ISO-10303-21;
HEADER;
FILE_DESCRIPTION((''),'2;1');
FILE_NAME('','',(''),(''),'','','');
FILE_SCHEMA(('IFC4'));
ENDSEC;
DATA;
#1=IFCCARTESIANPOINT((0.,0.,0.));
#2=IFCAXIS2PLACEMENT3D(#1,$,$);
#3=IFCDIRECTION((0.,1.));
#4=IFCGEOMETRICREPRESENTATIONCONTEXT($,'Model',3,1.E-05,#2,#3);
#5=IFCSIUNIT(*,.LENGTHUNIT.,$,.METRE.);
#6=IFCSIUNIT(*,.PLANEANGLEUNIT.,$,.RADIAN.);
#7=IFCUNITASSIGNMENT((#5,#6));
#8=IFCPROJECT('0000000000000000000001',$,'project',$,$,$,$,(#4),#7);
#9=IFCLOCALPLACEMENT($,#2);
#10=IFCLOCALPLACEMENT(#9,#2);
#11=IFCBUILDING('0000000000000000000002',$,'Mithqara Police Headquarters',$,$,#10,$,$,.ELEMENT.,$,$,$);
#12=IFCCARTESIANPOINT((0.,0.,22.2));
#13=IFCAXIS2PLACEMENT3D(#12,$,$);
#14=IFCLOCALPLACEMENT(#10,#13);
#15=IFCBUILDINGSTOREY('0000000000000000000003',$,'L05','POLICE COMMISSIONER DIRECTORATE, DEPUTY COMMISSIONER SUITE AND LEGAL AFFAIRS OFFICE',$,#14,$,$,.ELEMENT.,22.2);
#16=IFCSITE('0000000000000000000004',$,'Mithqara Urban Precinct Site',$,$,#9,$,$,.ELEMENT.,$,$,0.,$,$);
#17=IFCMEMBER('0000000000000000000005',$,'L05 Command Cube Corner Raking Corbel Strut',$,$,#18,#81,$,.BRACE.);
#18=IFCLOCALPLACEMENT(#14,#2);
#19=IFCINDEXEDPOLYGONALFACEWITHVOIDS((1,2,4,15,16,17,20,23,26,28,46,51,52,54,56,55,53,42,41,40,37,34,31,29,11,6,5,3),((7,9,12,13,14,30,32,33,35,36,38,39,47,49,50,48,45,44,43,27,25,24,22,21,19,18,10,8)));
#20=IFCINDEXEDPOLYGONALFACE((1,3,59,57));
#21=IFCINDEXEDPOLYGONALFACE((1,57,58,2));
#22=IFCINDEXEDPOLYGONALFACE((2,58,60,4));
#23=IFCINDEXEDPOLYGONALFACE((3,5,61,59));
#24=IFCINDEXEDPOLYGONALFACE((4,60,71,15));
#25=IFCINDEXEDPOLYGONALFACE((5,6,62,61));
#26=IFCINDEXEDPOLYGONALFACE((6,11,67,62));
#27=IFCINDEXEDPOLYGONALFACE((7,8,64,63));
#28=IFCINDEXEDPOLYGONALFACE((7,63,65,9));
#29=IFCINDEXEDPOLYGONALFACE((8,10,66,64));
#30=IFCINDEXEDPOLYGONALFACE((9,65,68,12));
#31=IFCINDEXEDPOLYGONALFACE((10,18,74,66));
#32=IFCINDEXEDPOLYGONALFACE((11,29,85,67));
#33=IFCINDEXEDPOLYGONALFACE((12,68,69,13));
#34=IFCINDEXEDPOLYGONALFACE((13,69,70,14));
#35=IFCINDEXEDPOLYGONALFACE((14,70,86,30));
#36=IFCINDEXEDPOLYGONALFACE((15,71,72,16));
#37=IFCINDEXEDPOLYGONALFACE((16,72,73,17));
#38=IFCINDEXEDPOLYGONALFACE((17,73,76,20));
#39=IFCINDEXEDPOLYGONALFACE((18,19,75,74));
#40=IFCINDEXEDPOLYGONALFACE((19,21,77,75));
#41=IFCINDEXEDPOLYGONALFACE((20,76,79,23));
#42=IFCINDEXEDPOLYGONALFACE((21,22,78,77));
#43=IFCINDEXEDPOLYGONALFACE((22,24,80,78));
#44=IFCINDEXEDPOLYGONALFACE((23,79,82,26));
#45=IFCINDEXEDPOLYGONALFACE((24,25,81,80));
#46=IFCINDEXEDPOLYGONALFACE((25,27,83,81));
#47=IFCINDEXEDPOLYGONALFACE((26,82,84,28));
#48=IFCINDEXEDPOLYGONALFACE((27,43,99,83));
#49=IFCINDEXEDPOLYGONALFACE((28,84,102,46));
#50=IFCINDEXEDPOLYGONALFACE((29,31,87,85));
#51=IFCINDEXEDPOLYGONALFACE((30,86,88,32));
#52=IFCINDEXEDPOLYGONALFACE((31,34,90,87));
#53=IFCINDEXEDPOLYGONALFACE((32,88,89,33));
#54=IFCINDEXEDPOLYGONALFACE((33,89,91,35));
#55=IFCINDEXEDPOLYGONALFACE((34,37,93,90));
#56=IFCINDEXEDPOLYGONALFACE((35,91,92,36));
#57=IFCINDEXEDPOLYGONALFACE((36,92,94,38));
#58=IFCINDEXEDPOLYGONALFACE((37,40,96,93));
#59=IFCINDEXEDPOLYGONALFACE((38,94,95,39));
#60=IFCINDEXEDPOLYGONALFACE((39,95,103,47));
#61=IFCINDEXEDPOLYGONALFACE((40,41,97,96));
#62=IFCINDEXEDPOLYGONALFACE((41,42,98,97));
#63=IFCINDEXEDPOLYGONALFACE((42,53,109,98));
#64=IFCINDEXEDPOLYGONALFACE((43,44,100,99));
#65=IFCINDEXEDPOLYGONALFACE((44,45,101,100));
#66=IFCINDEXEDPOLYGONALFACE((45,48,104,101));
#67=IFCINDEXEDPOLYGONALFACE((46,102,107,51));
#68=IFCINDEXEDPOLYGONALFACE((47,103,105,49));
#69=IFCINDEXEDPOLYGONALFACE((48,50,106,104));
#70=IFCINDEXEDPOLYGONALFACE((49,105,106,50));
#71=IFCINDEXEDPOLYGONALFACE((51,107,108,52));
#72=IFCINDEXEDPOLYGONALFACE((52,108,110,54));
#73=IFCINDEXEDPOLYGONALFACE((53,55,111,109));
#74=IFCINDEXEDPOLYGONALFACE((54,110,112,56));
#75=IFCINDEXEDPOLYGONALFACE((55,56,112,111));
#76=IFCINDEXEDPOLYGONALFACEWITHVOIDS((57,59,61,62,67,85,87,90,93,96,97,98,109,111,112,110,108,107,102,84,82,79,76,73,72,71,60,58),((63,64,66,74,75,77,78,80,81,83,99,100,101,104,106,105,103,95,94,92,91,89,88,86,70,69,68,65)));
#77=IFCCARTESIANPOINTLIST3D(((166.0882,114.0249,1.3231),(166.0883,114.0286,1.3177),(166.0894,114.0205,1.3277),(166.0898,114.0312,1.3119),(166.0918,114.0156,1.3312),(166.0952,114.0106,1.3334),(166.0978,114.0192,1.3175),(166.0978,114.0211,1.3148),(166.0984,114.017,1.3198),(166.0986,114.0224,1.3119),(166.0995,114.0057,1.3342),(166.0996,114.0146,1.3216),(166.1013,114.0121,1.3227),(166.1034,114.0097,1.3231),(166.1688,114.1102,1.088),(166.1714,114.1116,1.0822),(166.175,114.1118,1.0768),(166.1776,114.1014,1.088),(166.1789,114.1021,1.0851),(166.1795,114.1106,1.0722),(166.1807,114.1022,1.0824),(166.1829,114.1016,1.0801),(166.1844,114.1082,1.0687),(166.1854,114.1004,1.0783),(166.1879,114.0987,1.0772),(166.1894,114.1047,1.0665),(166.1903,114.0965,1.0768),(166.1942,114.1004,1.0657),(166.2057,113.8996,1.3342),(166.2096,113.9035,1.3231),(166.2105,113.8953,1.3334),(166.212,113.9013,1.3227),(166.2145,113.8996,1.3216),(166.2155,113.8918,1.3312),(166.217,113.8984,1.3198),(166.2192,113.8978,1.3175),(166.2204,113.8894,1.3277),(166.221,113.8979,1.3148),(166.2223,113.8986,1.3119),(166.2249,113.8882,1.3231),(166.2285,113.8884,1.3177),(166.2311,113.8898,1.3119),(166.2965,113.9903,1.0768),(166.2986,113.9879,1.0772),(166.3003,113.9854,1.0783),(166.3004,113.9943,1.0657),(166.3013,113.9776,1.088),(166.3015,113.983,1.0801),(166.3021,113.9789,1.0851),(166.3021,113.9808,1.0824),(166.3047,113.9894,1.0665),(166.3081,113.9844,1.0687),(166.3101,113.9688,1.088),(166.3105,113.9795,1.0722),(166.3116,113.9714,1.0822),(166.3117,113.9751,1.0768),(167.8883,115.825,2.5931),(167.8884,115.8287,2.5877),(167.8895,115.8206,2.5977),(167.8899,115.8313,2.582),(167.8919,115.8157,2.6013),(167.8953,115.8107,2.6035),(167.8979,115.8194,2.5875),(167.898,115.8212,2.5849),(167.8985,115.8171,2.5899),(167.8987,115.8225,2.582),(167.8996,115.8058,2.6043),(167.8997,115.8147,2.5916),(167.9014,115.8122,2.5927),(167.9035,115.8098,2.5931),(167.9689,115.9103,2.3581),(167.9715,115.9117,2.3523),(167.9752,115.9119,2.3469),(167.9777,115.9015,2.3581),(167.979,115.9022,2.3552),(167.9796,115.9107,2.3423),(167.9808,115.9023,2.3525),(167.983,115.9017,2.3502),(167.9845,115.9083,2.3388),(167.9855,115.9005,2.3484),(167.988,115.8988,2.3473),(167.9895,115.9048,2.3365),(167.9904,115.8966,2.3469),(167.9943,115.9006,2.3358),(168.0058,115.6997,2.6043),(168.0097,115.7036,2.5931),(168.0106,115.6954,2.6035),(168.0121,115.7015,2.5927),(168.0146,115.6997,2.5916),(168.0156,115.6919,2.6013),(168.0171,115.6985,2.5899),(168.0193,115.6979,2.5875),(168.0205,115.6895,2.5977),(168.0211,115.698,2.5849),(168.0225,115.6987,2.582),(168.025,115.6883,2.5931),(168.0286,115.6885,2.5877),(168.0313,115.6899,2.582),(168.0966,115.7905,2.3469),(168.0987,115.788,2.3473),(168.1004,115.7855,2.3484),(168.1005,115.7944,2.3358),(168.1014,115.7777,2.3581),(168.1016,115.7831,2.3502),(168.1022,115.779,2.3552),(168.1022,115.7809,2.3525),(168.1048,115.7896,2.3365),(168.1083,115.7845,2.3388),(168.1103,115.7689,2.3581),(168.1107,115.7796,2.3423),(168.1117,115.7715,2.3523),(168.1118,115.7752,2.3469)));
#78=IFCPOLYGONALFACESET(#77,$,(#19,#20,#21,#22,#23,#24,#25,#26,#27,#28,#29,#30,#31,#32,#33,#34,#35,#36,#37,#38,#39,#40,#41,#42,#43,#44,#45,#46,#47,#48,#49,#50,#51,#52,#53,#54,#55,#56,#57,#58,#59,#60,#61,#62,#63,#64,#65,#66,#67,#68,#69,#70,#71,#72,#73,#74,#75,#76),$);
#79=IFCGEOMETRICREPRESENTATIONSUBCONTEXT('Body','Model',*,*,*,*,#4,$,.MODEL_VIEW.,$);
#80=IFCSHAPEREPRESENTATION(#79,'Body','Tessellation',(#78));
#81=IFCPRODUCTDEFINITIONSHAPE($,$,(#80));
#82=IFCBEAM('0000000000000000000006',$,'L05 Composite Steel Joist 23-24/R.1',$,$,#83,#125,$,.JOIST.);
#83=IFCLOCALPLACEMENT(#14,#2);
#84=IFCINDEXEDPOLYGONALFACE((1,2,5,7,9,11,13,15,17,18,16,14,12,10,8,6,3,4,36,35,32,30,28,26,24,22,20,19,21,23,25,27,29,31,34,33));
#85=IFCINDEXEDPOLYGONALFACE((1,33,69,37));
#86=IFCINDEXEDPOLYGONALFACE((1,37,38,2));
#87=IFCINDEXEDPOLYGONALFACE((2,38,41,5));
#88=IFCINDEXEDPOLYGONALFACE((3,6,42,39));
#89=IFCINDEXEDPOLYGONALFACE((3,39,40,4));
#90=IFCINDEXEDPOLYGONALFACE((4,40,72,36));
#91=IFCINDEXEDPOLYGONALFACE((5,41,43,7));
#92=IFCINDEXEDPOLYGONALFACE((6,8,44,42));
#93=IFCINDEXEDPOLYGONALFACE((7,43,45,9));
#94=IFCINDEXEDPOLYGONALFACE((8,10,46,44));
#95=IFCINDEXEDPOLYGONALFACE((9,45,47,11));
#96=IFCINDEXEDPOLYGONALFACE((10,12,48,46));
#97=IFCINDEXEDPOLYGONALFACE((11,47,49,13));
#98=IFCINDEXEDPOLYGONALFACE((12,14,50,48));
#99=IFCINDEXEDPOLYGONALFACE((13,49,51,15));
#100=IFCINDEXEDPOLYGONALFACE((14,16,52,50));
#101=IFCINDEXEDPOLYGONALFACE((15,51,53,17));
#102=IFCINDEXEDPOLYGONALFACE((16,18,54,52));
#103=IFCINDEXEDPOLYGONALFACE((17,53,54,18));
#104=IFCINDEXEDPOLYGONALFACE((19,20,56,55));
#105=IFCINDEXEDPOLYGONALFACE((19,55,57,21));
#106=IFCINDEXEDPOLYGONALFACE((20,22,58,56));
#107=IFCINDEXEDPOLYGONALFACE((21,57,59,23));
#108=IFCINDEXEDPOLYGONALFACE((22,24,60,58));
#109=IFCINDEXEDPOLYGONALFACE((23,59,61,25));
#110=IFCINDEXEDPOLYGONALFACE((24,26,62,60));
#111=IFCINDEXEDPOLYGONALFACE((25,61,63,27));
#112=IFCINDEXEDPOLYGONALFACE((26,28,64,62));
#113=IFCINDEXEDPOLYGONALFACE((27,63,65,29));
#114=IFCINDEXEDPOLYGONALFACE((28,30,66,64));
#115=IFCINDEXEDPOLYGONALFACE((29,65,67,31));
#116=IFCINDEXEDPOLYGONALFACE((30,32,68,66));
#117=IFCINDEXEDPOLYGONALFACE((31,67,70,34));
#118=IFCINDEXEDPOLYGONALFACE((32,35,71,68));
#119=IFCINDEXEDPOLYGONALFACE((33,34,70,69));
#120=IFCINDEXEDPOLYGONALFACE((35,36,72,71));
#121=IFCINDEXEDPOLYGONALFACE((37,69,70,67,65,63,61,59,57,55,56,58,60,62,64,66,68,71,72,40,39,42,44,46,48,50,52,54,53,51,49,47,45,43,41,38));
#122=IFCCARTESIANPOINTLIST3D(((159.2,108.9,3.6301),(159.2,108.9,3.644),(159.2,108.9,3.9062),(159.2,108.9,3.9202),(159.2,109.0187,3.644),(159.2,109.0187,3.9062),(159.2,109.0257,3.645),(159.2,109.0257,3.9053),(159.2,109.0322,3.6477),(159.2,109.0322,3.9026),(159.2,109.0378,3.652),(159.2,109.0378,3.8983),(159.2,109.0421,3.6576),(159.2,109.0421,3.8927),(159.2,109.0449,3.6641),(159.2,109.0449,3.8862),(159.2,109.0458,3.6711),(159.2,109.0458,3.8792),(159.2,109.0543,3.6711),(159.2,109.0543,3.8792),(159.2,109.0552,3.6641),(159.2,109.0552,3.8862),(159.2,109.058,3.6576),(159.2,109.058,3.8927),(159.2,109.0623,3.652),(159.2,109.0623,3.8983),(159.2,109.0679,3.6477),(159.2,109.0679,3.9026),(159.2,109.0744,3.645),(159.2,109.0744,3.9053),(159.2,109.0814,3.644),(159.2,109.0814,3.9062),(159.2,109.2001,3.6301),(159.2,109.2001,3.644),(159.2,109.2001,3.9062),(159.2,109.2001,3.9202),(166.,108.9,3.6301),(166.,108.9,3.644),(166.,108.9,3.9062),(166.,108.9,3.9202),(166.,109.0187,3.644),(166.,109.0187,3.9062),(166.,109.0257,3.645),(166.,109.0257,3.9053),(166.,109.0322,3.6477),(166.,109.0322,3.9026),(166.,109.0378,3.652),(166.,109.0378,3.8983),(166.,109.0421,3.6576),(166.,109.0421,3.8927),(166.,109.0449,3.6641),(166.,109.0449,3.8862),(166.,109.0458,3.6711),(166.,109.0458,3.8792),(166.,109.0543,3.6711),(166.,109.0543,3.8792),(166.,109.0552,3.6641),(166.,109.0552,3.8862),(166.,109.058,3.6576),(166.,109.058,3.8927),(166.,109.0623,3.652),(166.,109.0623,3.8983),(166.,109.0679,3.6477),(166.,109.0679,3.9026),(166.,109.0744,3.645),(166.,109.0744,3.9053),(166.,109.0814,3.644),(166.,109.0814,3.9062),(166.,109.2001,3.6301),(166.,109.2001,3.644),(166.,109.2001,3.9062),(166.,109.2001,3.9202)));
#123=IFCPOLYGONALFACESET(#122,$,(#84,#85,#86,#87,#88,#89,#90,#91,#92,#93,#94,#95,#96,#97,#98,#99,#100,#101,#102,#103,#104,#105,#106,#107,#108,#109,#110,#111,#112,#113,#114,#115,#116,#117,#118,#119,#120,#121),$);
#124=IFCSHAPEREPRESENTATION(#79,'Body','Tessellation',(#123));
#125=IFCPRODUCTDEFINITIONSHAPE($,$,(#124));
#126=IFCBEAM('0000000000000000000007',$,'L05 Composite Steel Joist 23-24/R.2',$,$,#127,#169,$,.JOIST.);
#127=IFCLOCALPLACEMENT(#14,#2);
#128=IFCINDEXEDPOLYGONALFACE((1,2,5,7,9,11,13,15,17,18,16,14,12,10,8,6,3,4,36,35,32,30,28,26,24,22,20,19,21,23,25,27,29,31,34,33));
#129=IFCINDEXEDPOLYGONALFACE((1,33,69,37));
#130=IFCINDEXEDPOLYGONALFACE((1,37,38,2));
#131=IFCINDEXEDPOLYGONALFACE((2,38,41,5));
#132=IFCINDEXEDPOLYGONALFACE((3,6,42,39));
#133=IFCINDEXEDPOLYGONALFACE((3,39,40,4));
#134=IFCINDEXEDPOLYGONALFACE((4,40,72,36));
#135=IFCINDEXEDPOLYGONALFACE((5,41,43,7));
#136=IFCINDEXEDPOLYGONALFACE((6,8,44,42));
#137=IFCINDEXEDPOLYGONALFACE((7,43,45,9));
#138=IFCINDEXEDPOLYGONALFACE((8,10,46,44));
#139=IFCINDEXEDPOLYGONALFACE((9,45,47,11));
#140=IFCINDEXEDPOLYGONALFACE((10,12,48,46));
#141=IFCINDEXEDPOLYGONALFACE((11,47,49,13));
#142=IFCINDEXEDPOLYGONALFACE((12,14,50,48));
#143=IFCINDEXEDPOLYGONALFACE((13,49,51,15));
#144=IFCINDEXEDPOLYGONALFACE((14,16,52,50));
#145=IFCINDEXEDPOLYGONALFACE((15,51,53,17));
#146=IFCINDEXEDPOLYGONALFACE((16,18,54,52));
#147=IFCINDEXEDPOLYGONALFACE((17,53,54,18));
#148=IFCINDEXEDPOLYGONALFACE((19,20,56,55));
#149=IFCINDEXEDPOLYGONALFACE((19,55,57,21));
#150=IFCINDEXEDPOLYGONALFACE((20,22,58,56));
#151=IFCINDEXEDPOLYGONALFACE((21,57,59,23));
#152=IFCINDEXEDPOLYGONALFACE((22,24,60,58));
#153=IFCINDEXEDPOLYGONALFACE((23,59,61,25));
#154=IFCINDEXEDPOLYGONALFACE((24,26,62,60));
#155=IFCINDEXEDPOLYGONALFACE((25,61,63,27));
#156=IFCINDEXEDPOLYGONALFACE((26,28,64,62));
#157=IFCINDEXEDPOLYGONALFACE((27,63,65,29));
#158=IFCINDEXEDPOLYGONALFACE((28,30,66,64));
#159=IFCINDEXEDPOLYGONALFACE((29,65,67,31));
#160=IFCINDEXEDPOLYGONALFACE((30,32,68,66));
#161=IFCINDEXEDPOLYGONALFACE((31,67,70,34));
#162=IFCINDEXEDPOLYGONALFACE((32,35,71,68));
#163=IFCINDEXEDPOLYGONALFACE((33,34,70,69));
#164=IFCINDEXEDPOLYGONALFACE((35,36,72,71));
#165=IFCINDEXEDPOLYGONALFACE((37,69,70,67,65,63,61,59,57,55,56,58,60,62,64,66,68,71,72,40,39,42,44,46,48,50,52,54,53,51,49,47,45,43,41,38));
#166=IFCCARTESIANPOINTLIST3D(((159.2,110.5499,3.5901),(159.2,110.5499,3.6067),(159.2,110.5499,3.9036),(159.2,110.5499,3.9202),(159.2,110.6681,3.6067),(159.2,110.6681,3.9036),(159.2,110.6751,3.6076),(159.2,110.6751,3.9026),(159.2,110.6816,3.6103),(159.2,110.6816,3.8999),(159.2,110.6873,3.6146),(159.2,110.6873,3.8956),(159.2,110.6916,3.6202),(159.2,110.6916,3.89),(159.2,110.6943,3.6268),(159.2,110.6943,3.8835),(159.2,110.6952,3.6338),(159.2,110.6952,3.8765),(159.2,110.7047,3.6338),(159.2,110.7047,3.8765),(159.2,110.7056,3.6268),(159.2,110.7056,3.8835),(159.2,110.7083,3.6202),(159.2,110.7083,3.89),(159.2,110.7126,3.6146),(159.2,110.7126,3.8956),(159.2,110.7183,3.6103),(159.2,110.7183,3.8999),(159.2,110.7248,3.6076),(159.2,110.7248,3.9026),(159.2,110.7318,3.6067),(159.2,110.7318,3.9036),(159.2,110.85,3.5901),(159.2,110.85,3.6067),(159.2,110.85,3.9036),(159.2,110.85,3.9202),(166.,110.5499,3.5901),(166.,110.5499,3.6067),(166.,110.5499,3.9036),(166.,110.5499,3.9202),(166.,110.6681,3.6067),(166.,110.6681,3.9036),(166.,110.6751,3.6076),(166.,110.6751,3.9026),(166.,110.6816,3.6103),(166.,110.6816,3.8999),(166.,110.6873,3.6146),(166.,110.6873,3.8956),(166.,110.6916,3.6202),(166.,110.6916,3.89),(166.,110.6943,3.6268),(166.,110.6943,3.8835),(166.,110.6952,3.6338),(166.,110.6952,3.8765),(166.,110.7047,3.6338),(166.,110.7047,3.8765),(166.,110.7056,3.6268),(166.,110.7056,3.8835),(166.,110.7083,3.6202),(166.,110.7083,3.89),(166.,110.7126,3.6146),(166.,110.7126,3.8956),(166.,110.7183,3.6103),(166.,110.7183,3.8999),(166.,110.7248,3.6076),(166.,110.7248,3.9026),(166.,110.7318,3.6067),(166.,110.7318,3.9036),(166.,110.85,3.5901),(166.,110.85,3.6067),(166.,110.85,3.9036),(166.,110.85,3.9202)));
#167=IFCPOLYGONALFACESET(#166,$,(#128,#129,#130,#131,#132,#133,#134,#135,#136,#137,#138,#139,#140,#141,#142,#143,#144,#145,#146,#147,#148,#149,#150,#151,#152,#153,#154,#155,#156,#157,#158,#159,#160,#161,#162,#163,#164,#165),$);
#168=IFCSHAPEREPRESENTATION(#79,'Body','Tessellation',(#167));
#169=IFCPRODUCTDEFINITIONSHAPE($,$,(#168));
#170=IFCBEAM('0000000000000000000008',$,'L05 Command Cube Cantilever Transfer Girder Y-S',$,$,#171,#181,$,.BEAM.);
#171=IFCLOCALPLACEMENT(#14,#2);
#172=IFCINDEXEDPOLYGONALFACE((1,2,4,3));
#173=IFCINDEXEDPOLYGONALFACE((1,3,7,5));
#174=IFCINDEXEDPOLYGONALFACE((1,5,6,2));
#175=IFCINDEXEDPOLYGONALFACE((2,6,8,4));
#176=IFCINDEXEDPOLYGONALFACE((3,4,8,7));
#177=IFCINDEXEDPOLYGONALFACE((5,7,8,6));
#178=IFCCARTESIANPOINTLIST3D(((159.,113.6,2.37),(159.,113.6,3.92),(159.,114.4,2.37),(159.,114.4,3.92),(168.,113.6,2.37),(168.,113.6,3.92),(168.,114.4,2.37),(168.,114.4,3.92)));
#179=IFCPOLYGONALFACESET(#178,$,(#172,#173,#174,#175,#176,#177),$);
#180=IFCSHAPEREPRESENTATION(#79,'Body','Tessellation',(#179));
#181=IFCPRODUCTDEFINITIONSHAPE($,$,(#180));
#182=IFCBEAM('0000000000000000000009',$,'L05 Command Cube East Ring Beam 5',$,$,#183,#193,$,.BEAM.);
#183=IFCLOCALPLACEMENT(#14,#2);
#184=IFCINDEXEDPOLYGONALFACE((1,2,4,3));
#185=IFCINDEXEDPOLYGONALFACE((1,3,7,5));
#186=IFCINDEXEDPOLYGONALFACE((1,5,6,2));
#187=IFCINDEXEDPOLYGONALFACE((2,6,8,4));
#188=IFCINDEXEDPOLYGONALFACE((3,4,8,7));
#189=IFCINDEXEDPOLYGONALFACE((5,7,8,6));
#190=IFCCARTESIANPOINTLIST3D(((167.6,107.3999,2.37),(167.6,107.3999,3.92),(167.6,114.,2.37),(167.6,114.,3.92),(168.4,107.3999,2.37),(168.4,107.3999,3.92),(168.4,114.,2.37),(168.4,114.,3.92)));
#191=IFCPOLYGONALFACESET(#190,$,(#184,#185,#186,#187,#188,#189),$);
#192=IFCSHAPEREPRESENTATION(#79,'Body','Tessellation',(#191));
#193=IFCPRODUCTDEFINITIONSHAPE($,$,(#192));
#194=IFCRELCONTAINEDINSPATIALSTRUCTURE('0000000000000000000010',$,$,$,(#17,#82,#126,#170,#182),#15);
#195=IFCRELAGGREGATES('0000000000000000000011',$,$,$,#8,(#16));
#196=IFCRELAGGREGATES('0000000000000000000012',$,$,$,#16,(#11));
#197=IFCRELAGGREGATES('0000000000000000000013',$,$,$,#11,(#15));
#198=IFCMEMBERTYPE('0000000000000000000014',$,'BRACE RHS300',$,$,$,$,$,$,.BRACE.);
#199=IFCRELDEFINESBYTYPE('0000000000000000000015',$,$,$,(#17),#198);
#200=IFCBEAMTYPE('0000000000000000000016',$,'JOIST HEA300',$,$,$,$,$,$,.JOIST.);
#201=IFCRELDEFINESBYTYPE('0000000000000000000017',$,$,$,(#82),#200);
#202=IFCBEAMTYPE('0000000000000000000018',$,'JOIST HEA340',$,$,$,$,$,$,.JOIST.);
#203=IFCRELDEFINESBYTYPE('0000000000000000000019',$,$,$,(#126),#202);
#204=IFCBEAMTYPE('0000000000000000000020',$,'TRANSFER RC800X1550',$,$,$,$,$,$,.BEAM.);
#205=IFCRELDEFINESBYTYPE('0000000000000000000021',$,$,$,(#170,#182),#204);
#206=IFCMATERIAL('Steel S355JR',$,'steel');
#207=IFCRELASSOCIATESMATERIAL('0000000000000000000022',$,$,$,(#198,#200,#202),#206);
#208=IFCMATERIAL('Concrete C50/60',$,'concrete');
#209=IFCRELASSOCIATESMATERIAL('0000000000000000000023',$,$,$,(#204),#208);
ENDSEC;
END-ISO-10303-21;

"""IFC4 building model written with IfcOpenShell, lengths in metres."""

from ifc_helpers import new_model, si_unit, direction, frame, origin, origin_2d, place, context, subcontext, project, spatial, rectangle, hollow_rectangle, i_section, extrude, material, material_profile, profile_set, type_object, element, save


model = new_model("IFC4")

# Units and contexts
model_context = context("Model", 3, precision=1e-05, world=origin(), true_north=direction((0.0, 1.0)))
body_context = subcontext(model_context, "Body", "Model", "MODEL_VIEW")
ifc_project = project(units=[si_unit("LENGTHUNIT", "METRE"), si_unit("PLANEANGLEUNIT", "RADIAN")], contexts=[model_context])

# Site, building, storey
site_placement = place(None, origin())
site = spatial("IfcSite", under=ifc_project, at=site_placement, Name="Mithqara Urban Precinct Site", CompositionType="ELEMENT", RefElevation=0.0)
building_placement = place(site_placement, origin())
building = spatial("IfcBuilding", under=site, at=building_placement, Name="Mithqara Police Headquarters", CompositionType="ELEMENT")
storey_placement = place(building_placement, frame((0.0, 0.0, 22.2)))
storey = spatial("IfcBuildingStorey", under=building, at=storey_placement, Name="L05", Description="POLICE COMMISSIONER DIRECTORATE, DEPUTY COMMISSIONER SUITE AND LEGAL AFFAIRS OFFICE", CompositionType="ELEMENT", Elevation=22.2)

# Shared definitions
ifc_material_1 = material(Name="Concrete C50/60", Category="concrete")

# Shared definitions
ifc_material_2 = material(Name="Steel S355JR", Category="steel")

# Member
ifc_material_profile_1 = material_profile(ifc_material_2, hollow_rectangle(XDim=0.2, YDim=0.3, WallThickness=0.0125, InnerFilletRadius=0.0125, OuterFilletRadius=0.0249, at=origin_2d()), Name="RHS 300x200x12.5")
ifc_profile_set_1 = profile_set([ifc_material_profile_1], Name="Steel S355JR")
member_type = type_object("IfcMemberType", Name="BRACE RHS300", PredefinedType="BRACE", material=ifc_profile_set_1)
member_placement = place(storey_placement, frame((166.2, 114.0, 1.2), z_axis=(0.632734, 0.632734, 0.446424), x_axis=(-0.707107, 0.707107, 0.0)))
element("IfcMember", 1, at=member_placement, inside=storey, type_object=member_type, Name="L05 Command Cube Corner Raking Corbel Strut", PredefinedType="BRACE", context=body_context, shape_type="SweptSolid", body=[
    extrude(hollow_rectangle(XDim=0.2, YDim=0.3, WallThickness=0.0125, InnerFilletRadius=0.0125, OuterFilletRadius=0.0249, at=origin_2d()), origin(), (0.0, 0.0, 1.0), 2.845),
])

# Beams
ifc_material_profile_2 = material_profile(ifc_material_2, i_section(OverallWidth=0.3, OverallDepth=0.29, WebThickness=0.0085, FlangeThickness=0.0139, FilletRadius=0.0271, at=origin_2d()), Name="HEA 300")
ifc_profile_set_2 = profile_set([ifc_material_profile_2], Name="Steel S355JR")
beam_type_1 = type_object("IfcBeamType", Name="JOIST HEA300", PredefinedType="JOIST", material=ifc_profile_set_2)
beam_1_placement = place(storey_placement, frame((159.2, 109.05, 3.7751), z_axis=(1.0, 0.0, 0.0), x_axis=(0.0, 1.0, 0.0)))
element("IfcBeam", 2, at=beam_1_placement, inside=storey, type_object=beam_type_1, Name="L05 Composite Steel Joist 23-24/R.1", PredefinedType="JOIST", context=body_context, shape_type="SweptSolid", body=[
    extrude(i_section(OverallWidth=0.3, OverallDepth=0.29, WebThickness=0.0085, FlangeThickness=0.0139, FilletRadius=0.0271, at=origin_2d()), origin(), (0.0, 0.0, 1.0), 6.8),
])
ifc_material_profile_3 = material_profile(ifc_material_2, i_section(OverallWidth=0.3, OverallDepth=0.3301, WebThickness=0.0095, FlangeThickness=0.0166, FilletRadius=0.0271, at=origin_2d()), Name="HEA 340")
ifc_profile_set_3 = profile_set([ifc_material_profile_3], Name="Steel S355JR")
beam_type_2 = type_object("IfcBeamType", Name="JOIST HEA340", PredefinedType="JOIST", material=ifc_profile_set_3)
beam_2_placement = place(storey_placement, frame((159.2, 110.7, 3.7551), z_axis=(1.0, 0.0, 0.0), x_axis=(0.0, 1.0, 0.0)))
element("IfcBeam", 3, at=beam_2_placement, inside=storey, type_object=beam_type_2, Name="L05 Composite Steel Joist 23-24/R.2", PredefinedType="JOIST", context=body_context, shape_type="SweptSolid", body=[
    extrude(i_section(OverallWidth=0.3, OverallDepth=0.3301, WebThickness=0.0095, FlangeThickness=0.0166, FilletRadius=0.0271, at=origin_2d()), origin(), (0.0, 0.0, 1.0), 6.8),
])
ifc_material_profile_4 = material_profile(ifc_material_1, rectangle(XDim=0.8, YDim=1.55, at=origin_2d()), Name="RC 800x1550")
ifc_profile_set_4 = profile_set([ifc_material_profile_4], Name="Concrete C50/60")
beam_type_3 = type_object("IfcBeamType", Name="TRANSFER RC800X1550", PredefinedType="BEAM", material=ifc_profile_set_4)
beam_3_placement = place(storey_placement, frame((159.0, 114.0, 3.145), z_axis=(1.0, 0.0, 0.0), x_axis=(0.0, 1.0, 0.0)))
element("IfcBeam", 4, at=beam_3_placement, inside=storey, type_object=beam_type_3, Name="L05 Command Cube Cantilever Transfer Girder Y-S", PredefinedType="BEAM", context=body_context, shape_type="SweptSolid", body=[
    extrude(rectangle(XDim=0.8, YDim=1.55, at=origin_2d()), origin(), (0.0, 0.0, 1.0), 9.0),
])
beam_4_placement = place(storey_placement, frame((168.0, 107.3999, 3.145), z_axis=(0.0, 1.0, 0.0), x_axis=(-1.0, 0.0, 0.0)))
element("IfcBeam", 5, at=beam_4_placement, inside=storey, type_object=beam_type_3, Name="L05 Command Cube East Ring Beam 5", PredefinedType="BEAM", context=body_context, shape_type="SweptSolid", body=[
    extrude(rectangle(XDim=0.8, YDim=1.55, at=origin_2d()), origin(), (0.0, 0.0, 1.0), 6.6001),
])

save(model, "model.ifc")
